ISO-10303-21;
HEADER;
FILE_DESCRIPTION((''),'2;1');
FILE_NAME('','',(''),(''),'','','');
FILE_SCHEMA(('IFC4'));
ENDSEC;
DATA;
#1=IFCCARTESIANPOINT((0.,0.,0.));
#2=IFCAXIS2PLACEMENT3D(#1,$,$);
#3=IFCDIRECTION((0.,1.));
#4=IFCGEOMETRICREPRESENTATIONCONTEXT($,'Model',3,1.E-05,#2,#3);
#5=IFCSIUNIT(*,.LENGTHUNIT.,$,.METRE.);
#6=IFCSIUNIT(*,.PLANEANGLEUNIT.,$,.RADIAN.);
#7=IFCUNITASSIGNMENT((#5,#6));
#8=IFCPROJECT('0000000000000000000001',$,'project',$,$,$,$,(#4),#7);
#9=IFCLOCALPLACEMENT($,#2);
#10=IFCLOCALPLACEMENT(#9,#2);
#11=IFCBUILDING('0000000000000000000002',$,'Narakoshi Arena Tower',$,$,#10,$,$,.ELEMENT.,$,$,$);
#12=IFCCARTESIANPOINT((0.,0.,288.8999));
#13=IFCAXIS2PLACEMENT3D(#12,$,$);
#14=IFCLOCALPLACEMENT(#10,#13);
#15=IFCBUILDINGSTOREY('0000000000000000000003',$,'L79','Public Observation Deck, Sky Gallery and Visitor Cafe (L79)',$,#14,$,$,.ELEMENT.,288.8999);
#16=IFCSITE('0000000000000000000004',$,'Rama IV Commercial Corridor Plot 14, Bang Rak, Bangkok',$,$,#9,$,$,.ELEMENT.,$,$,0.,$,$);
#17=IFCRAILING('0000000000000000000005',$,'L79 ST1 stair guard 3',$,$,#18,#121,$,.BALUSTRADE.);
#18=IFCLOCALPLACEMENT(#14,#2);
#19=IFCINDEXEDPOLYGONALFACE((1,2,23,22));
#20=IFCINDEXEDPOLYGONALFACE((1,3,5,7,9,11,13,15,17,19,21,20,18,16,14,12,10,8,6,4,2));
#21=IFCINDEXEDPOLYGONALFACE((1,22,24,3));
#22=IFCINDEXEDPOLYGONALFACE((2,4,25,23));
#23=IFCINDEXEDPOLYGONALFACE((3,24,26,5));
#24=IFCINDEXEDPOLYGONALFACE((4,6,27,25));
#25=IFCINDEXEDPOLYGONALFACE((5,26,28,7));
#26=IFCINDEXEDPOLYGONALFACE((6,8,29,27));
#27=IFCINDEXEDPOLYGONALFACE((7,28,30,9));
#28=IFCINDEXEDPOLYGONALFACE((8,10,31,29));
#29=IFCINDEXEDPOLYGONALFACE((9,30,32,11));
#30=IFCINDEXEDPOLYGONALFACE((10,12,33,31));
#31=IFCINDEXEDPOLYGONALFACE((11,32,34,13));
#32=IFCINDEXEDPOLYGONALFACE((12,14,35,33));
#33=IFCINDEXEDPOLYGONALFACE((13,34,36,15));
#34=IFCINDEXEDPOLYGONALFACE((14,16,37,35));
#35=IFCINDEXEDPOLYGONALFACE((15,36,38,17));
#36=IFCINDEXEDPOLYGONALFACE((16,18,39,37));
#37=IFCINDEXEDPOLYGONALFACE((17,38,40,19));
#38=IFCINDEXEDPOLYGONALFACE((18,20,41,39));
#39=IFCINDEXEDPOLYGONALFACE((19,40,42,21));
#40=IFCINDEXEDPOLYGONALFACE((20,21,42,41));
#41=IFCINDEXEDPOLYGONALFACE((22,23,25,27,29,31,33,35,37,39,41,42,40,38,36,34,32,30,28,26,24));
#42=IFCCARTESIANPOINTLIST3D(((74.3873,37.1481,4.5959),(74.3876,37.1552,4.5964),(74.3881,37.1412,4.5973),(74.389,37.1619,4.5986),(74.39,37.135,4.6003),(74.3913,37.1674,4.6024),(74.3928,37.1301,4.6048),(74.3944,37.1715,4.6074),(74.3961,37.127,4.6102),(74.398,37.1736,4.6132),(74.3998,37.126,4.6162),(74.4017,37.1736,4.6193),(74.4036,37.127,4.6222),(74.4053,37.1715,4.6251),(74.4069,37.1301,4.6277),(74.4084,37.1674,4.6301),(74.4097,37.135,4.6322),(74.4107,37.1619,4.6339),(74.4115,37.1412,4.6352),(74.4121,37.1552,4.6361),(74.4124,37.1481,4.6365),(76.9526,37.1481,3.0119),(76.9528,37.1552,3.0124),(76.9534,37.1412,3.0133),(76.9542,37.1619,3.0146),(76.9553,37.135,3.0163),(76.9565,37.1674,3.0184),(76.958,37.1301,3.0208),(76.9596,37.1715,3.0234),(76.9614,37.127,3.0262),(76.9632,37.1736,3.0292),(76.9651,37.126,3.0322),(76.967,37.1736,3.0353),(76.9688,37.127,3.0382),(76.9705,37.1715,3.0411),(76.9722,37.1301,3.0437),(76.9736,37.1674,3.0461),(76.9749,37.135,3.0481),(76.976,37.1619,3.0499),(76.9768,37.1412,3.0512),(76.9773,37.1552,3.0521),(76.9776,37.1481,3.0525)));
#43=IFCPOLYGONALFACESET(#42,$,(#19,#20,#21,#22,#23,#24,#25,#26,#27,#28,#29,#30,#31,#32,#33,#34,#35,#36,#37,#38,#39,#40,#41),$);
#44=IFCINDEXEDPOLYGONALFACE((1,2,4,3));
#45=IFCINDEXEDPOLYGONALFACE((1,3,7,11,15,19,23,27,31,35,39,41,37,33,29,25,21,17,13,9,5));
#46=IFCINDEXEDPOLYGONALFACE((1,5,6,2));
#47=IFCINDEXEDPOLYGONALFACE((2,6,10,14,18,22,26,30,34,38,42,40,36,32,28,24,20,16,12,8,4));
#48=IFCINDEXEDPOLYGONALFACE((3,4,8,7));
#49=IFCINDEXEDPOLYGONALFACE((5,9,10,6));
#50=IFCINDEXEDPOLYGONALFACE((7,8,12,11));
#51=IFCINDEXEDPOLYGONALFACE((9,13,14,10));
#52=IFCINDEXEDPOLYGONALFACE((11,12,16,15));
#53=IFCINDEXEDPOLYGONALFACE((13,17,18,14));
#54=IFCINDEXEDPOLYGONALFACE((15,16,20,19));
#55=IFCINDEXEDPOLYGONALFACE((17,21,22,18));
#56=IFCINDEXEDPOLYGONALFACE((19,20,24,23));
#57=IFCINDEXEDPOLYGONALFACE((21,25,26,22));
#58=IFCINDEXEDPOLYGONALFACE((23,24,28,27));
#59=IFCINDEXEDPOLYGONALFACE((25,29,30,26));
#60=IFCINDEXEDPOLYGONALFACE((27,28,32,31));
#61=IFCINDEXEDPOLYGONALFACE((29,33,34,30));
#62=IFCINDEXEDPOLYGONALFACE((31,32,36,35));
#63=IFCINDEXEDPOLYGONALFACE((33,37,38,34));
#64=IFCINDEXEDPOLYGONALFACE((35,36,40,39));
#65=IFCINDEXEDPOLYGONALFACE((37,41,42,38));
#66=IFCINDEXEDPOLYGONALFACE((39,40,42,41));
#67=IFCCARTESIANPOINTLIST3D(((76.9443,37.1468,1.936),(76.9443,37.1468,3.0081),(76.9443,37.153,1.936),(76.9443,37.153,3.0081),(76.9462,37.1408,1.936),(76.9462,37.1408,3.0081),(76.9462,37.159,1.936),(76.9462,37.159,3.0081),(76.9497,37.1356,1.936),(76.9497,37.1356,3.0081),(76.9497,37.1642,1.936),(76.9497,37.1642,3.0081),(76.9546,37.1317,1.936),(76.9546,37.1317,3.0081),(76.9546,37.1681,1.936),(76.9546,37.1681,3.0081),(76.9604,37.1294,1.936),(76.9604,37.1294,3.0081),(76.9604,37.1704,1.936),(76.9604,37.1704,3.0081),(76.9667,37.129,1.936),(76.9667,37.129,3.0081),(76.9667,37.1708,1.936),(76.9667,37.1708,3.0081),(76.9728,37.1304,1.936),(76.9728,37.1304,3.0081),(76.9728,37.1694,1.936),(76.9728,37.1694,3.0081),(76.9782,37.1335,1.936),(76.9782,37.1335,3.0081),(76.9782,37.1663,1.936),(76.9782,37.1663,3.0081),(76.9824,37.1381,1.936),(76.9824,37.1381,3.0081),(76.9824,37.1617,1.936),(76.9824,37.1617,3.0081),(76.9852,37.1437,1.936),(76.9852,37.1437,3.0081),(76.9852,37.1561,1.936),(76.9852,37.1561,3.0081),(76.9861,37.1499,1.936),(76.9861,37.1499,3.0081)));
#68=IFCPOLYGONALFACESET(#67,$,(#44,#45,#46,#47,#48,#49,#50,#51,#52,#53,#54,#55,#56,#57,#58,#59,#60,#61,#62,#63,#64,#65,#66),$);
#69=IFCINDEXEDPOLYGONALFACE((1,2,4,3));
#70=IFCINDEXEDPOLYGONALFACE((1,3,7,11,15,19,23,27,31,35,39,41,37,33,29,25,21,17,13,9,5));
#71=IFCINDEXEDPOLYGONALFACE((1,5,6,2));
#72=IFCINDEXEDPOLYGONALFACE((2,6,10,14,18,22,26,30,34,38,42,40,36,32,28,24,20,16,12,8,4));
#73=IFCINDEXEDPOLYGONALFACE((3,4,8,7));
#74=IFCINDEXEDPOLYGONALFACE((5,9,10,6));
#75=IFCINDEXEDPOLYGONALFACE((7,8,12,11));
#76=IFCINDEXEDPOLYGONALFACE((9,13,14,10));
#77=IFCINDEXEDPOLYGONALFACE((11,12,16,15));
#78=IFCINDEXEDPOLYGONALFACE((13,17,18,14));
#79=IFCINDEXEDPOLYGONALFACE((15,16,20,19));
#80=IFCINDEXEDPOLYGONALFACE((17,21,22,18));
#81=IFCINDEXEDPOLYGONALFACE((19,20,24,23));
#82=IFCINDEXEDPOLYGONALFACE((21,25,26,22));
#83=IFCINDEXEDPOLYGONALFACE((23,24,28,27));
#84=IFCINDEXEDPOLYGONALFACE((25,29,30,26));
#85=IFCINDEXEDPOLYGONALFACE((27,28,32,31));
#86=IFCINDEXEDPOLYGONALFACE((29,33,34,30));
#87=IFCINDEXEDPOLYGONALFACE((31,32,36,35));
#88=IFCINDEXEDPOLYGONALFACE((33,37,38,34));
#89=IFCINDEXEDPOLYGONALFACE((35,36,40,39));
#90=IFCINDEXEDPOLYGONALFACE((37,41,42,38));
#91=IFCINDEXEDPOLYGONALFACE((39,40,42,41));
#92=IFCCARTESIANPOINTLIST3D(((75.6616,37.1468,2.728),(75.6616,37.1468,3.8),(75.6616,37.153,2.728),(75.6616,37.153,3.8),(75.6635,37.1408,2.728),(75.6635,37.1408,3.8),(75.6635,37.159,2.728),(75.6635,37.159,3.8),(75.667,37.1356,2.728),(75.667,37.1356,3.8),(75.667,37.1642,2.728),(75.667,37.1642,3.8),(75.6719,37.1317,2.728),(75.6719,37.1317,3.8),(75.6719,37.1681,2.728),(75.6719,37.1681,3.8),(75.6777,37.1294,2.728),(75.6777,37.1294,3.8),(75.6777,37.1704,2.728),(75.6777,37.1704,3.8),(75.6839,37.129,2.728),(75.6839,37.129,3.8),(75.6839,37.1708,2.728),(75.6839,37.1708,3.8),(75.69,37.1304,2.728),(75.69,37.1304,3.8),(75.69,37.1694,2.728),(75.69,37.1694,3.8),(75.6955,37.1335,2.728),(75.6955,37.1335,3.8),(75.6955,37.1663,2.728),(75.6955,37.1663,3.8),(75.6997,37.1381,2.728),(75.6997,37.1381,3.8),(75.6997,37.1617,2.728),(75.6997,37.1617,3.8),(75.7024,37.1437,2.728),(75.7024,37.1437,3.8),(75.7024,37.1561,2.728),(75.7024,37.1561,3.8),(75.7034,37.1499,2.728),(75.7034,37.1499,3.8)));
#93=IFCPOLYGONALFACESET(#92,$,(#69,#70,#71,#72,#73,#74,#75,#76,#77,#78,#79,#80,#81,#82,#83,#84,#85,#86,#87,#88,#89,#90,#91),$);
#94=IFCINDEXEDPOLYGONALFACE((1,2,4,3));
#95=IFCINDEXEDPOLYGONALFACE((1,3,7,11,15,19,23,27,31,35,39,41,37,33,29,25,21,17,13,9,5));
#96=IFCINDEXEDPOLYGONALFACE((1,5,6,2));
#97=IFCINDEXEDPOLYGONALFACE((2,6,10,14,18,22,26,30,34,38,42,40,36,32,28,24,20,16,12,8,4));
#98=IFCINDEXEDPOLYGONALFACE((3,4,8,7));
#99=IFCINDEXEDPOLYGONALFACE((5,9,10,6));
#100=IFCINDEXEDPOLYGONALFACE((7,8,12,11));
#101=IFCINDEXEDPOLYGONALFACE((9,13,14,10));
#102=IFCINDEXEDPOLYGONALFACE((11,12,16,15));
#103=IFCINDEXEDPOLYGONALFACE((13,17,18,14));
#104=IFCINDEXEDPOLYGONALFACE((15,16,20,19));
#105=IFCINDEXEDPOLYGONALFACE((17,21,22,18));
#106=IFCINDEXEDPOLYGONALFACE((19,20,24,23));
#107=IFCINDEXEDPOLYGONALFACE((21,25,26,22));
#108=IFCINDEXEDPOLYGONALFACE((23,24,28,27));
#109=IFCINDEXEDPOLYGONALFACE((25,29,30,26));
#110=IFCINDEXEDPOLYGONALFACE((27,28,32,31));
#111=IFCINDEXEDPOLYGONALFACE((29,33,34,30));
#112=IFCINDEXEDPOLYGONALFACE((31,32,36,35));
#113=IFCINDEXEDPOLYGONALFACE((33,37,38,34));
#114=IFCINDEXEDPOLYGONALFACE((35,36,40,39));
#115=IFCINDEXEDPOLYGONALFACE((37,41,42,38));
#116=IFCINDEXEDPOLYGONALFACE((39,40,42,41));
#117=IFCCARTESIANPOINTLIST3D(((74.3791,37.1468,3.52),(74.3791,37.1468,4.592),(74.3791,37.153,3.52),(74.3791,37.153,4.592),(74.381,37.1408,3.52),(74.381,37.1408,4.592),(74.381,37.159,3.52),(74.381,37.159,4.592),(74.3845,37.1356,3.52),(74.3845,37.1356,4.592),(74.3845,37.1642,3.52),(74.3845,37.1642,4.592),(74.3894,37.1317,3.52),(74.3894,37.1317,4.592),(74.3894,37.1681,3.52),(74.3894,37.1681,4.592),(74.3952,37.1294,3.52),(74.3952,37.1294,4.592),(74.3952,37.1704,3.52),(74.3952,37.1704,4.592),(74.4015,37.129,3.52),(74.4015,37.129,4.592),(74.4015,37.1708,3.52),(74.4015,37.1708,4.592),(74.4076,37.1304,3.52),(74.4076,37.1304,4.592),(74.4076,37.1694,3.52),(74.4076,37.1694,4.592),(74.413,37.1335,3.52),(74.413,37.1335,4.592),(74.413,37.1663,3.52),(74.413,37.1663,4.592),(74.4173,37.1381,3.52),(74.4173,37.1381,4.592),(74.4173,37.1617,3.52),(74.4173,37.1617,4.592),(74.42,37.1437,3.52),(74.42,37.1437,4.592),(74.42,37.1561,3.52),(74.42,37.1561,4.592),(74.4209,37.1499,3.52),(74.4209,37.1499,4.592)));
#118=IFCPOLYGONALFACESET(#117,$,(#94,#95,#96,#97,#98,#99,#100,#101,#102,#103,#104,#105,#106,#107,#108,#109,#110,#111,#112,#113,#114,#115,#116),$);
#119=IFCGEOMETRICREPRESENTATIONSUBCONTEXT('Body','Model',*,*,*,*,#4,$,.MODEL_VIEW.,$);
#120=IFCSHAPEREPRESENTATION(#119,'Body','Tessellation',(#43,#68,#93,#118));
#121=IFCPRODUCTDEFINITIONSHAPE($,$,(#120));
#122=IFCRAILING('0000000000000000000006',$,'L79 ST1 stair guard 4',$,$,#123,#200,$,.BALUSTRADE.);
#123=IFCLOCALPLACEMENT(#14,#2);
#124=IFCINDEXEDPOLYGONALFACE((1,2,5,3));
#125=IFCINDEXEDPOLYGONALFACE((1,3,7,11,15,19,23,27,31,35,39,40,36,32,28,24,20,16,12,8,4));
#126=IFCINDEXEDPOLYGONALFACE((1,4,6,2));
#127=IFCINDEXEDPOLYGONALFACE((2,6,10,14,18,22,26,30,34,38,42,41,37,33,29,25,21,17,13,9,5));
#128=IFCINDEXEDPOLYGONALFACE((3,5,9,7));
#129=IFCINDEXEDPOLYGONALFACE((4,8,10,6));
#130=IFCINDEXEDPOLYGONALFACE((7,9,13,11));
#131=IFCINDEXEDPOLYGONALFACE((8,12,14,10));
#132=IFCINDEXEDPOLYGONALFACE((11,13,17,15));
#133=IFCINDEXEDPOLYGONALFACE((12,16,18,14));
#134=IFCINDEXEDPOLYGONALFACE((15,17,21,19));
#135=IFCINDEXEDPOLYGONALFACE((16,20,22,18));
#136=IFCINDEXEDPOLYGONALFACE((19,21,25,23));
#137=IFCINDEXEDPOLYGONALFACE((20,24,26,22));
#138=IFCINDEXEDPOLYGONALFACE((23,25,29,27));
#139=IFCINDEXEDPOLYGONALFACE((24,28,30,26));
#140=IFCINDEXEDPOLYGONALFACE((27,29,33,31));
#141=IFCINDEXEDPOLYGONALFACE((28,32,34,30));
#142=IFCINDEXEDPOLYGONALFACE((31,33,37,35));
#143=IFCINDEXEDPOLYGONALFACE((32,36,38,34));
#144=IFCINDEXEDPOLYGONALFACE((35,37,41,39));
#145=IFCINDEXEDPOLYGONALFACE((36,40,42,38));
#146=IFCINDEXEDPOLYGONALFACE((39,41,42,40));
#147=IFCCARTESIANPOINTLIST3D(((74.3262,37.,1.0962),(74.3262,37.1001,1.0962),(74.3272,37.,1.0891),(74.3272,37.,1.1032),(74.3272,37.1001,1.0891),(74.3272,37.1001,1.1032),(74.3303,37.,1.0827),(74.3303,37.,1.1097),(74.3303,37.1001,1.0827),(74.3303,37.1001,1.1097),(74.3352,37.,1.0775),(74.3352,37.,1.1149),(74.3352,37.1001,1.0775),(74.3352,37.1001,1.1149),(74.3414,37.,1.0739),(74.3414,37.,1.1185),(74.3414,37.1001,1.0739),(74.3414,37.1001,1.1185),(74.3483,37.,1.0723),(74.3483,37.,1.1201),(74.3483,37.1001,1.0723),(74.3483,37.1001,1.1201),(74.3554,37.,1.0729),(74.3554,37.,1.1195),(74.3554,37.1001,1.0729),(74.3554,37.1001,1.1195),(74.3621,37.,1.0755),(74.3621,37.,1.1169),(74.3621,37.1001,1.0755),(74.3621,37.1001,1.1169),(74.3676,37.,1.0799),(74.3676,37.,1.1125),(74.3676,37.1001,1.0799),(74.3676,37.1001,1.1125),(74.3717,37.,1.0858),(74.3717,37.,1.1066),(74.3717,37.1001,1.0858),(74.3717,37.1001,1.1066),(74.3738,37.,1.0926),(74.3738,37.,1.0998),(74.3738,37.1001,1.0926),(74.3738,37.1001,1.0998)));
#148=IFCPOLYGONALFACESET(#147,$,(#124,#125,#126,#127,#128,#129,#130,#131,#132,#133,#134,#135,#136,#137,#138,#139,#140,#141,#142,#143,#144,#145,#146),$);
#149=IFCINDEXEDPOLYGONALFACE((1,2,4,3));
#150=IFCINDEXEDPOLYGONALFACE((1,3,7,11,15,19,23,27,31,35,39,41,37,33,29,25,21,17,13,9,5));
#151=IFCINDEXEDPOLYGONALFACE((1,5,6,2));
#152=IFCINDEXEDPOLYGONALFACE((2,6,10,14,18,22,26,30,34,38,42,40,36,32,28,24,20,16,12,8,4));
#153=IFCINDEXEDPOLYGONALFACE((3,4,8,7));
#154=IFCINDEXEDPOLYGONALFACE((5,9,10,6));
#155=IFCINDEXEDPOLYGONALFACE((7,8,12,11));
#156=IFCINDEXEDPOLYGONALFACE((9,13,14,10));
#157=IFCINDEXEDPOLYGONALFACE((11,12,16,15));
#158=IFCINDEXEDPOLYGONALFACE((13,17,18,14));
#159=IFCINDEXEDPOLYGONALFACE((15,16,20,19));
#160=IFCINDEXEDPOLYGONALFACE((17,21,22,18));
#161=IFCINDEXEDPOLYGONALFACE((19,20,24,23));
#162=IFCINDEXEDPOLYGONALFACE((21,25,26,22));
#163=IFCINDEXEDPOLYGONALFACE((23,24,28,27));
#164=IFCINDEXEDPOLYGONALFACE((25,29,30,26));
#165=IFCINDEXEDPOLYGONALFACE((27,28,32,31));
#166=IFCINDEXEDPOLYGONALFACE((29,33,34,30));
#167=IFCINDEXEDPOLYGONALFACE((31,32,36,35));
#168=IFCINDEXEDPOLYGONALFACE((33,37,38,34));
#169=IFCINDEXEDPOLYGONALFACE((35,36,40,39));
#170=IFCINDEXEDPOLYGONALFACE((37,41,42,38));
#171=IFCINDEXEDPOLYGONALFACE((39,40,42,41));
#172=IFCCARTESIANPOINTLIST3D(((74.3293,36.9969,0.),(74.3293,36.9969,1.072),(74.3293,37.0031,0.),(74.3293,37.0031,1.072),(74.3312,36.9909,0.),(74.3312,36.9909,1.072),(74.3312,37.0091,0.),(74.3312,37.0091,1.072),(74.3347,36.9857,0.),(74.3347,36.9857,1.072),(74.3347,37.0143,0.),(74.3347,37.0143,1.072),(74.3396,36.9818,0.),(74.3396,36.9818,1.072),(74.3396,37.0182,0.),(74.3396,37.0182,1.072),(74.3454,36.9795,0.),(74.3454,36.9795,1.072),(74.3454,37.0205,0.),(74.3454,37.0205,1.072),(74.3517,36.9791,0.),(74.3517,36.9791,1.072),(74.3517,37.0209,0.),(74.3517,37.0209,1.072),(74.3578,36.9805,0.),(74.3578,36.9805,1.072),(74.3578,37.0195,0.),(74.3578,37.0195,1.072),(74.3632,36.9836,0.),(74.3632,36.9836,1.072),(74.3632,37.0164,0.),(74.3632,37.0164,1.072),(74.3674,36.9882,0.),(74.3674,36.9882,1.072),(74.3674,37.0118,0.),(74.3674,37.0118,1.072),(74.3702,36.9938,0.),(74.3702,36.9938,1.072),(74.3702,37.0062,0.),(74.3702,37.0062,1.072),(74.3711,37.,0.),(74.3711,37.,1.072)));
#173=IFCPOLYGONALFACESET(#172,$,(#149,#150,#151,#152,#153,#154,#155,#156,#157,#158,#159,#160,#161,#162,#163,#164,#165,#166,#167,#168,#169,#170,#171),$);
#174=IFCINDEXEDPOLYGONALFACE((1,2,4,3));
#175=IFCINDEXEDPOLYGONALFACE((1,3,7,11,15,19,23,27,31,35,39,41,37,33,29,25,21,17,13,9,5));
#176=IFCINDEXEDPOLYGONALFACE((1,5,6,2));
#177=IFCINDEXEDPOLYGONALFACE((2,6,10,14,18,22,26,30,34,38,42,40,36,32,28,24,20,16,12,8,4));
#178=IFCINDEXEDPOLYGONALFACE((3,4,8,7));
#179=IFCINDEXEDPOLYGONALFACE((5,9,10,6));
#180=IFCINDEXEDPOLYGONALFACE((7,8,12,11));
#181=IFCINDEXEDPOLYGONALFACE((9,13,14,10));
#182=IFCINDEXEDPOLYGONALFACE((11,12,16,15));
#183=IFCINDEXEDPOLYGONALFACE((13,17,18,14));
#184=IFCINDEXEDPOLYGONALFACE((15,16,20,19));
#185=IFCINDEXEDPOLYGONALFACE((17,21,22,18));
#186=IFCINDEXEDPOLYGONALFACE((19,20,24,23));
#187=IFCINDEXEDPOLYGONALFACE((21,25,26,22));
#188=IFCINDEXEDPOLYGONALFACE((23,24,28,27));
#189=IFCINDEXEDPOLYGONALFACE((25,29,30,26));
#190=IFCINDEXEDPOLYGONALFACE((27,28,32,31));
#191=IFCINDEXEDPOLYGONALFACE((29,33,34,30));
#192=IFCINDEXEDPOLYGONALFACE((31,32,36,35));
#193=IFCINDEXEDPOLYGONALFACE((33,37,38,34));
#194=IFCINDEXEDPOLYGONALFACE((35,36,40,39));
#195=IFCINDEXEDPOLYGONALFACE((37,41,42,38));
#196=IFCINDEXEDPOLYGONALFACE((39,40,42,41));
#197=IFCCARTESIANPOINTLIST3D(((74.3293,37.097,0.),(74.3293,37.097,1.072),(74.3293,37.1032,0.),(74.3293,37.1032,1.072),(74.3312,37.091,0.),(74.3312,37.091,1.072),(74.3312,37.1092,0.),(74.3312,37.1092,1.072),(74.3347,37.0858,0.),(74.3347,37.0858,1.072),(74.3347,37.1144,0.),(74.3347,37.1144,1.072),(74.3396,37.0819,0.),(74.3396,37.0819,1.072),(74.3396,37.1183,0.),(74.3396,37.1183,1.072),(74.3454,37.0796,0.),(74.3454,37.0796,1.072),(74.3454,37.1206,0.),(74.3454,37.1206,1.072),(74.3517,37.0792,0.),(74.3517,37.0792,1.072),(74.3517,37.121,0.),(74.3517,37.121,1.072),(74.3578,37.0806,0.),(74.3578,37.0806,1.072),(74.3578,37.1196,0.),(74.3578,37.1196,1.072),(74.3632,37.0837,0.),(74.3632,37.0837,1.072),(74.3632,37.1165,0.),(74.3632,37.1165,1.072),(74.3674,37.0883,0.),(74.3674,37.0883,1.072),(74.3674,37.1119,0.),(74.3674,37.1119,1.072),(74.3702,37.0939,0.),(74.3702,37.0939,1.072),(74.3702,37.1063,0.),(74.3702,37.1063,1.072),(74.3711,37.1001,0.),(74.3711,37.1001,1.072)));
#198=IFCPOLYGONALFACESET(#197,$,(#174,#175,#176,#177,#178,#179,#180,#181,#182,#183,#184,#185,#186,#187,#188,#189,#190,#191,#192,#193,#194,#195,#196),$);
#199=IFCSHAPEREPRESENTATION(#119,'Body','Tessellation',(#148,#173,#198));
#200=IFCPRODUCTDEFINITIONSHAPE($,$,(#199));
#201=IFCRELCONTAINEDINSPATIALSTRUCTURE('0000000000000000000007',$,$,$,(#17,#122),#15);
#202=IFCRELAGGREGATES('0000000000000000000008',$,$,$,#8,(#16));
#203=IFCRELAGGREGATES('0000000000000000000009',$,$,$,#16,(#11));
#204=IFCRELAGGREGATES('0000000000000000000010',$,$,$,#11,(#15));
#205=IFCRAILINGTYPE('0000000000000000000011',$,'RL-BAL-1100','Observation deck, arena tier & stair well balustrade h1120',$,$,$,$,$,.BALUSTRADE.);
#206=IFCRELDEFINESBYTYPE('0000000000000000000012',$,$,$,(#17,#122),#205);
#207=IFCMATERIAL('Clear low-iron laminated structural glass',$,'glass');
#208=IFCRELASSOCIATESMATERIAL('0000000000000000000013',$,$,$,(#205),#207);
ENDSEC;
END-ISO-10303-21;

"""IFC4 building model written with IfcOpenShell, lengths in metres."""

from ifc_helpers import new_model, si_unit, direction, frame, origin, origin_2d, place, context, subcontext, project, spatial, circle, extrude, material, type_object, element, save


model = new_model("IFC4")

# Units and contexts
model_context = context("Model", 3, precision=1e-05, world=origin(), true_north=direction((0.0, 1.0)))
body_context = subcontext(model_context, "Body", "Model", "MODEL_VIEW")
ifc_project = project(units=[si_unit("LENGTHUNIT", "METRE"), si_unit("PLANEANGLEUNIT", "RADIAN")], contexts=[model_context])

# Site, building, storey
site_placement = place(None, origin())
site = spatial("IfcSite", under=ifc_project, at=site_placement, Name="Rama IV Commercial Corridor Plot 14, Bang Rak, Bangkok", CompositionType="ELEMENT", RefElevation=0.0)
building_placement = place(site_placement, origin())
building = spatial("IfcBuilding", under=site, at=building_placement, Name="Narakoshi Arena Tower", CompositionType="ELEMENT")
storey_placement = place(building_placement, frame((0.0, 0.0, 288.8999)))
storey = spatial("IfcBuildingStorey", under=building, at=storey_placement, Name="L79", Description="Public Observation Deck, Sky Gallery and Visitor Cafe (L79)", CompositionType="ELEMENT", Elevation=288.8999)

# Railings
ifc_material_1 = material(Name="Clear low-iron laminated structural glass", Category="glass")
railing_type_1 = type_object("IfcRailingType", Name="RL-BAL-1100", Description="Observation deck, arena tier & stair well balustrade h1120", PredefinedType="BALUSTRADE", material=ifc_material_1)
railing_1_placement = place(storey_placement, frame((76.9651, 37.1499, 1.936)))
element("IfcRailing", 1, at=railing_1_placement, inside=storey, type_object=railing_type_1, Name="L79 ST1 stair guard 3", PredefinedType="BALUSTRADE", context=body_context, shape_type="SweptSolid", body=[
    extrude(circle(Radius=0.0239, at=origin_2d()), frame((0.0, 0.0, 1.0962), z_axis=(-0.850857, 0.0, 0.525398), x_axis=(0.0, -1.0, 0.0)), (0.0, 0.0, 1.0), 3.0149),
    extrude(circle(Radius=0.021, at=origin_2d()), origin(), (0.0, 0.0, 1.0), 1.072),
    extrude(circle(Radius=0.021, at=origin_2d()), frame((-1.2827, 0.0, 0.792)), (0.0, 0.0, 1.0), 1.072),
    extrude(circle(Radius=0.021, at=origin_2d()), frame((-2.5652, 0.0, 1.584)), (0.0, 0.0, 1.0), 1.072),
])
railing_2_placement = place(storey_placement, frame((74.3501, 37.0, 0.0)))
element("IfcRailing", 2, at=railing_2_placement, inside=storey, type_object=railing_type_1, Name="L79 ST1 stair guard 4", PredefinedType="BALUSTRADE", context=body_context, shape_type="SweptSolid", body=[
    extrude(circle(Radius=0.0239, at=origin_2d()), frame((0.0, 0.0, 1.0962), z_axis=(0.0, 1.0, 0.0), x_axis=(-1.0, 0.0, 0.0)), (0.0, 0.0, 1.0), 0.1001),
    extrude(circle(Radius=0.021, at=origin_2d()), origin(), (0.0, 0.0, 1.0), 1.072),
    extrude(circle(Radius=0.021, at=origin_2d()), frame((0.0, 0.1001, 0.0)), (0.0, 0.0, 1.0), 1.072),
])

save(model, "model.ifc")
